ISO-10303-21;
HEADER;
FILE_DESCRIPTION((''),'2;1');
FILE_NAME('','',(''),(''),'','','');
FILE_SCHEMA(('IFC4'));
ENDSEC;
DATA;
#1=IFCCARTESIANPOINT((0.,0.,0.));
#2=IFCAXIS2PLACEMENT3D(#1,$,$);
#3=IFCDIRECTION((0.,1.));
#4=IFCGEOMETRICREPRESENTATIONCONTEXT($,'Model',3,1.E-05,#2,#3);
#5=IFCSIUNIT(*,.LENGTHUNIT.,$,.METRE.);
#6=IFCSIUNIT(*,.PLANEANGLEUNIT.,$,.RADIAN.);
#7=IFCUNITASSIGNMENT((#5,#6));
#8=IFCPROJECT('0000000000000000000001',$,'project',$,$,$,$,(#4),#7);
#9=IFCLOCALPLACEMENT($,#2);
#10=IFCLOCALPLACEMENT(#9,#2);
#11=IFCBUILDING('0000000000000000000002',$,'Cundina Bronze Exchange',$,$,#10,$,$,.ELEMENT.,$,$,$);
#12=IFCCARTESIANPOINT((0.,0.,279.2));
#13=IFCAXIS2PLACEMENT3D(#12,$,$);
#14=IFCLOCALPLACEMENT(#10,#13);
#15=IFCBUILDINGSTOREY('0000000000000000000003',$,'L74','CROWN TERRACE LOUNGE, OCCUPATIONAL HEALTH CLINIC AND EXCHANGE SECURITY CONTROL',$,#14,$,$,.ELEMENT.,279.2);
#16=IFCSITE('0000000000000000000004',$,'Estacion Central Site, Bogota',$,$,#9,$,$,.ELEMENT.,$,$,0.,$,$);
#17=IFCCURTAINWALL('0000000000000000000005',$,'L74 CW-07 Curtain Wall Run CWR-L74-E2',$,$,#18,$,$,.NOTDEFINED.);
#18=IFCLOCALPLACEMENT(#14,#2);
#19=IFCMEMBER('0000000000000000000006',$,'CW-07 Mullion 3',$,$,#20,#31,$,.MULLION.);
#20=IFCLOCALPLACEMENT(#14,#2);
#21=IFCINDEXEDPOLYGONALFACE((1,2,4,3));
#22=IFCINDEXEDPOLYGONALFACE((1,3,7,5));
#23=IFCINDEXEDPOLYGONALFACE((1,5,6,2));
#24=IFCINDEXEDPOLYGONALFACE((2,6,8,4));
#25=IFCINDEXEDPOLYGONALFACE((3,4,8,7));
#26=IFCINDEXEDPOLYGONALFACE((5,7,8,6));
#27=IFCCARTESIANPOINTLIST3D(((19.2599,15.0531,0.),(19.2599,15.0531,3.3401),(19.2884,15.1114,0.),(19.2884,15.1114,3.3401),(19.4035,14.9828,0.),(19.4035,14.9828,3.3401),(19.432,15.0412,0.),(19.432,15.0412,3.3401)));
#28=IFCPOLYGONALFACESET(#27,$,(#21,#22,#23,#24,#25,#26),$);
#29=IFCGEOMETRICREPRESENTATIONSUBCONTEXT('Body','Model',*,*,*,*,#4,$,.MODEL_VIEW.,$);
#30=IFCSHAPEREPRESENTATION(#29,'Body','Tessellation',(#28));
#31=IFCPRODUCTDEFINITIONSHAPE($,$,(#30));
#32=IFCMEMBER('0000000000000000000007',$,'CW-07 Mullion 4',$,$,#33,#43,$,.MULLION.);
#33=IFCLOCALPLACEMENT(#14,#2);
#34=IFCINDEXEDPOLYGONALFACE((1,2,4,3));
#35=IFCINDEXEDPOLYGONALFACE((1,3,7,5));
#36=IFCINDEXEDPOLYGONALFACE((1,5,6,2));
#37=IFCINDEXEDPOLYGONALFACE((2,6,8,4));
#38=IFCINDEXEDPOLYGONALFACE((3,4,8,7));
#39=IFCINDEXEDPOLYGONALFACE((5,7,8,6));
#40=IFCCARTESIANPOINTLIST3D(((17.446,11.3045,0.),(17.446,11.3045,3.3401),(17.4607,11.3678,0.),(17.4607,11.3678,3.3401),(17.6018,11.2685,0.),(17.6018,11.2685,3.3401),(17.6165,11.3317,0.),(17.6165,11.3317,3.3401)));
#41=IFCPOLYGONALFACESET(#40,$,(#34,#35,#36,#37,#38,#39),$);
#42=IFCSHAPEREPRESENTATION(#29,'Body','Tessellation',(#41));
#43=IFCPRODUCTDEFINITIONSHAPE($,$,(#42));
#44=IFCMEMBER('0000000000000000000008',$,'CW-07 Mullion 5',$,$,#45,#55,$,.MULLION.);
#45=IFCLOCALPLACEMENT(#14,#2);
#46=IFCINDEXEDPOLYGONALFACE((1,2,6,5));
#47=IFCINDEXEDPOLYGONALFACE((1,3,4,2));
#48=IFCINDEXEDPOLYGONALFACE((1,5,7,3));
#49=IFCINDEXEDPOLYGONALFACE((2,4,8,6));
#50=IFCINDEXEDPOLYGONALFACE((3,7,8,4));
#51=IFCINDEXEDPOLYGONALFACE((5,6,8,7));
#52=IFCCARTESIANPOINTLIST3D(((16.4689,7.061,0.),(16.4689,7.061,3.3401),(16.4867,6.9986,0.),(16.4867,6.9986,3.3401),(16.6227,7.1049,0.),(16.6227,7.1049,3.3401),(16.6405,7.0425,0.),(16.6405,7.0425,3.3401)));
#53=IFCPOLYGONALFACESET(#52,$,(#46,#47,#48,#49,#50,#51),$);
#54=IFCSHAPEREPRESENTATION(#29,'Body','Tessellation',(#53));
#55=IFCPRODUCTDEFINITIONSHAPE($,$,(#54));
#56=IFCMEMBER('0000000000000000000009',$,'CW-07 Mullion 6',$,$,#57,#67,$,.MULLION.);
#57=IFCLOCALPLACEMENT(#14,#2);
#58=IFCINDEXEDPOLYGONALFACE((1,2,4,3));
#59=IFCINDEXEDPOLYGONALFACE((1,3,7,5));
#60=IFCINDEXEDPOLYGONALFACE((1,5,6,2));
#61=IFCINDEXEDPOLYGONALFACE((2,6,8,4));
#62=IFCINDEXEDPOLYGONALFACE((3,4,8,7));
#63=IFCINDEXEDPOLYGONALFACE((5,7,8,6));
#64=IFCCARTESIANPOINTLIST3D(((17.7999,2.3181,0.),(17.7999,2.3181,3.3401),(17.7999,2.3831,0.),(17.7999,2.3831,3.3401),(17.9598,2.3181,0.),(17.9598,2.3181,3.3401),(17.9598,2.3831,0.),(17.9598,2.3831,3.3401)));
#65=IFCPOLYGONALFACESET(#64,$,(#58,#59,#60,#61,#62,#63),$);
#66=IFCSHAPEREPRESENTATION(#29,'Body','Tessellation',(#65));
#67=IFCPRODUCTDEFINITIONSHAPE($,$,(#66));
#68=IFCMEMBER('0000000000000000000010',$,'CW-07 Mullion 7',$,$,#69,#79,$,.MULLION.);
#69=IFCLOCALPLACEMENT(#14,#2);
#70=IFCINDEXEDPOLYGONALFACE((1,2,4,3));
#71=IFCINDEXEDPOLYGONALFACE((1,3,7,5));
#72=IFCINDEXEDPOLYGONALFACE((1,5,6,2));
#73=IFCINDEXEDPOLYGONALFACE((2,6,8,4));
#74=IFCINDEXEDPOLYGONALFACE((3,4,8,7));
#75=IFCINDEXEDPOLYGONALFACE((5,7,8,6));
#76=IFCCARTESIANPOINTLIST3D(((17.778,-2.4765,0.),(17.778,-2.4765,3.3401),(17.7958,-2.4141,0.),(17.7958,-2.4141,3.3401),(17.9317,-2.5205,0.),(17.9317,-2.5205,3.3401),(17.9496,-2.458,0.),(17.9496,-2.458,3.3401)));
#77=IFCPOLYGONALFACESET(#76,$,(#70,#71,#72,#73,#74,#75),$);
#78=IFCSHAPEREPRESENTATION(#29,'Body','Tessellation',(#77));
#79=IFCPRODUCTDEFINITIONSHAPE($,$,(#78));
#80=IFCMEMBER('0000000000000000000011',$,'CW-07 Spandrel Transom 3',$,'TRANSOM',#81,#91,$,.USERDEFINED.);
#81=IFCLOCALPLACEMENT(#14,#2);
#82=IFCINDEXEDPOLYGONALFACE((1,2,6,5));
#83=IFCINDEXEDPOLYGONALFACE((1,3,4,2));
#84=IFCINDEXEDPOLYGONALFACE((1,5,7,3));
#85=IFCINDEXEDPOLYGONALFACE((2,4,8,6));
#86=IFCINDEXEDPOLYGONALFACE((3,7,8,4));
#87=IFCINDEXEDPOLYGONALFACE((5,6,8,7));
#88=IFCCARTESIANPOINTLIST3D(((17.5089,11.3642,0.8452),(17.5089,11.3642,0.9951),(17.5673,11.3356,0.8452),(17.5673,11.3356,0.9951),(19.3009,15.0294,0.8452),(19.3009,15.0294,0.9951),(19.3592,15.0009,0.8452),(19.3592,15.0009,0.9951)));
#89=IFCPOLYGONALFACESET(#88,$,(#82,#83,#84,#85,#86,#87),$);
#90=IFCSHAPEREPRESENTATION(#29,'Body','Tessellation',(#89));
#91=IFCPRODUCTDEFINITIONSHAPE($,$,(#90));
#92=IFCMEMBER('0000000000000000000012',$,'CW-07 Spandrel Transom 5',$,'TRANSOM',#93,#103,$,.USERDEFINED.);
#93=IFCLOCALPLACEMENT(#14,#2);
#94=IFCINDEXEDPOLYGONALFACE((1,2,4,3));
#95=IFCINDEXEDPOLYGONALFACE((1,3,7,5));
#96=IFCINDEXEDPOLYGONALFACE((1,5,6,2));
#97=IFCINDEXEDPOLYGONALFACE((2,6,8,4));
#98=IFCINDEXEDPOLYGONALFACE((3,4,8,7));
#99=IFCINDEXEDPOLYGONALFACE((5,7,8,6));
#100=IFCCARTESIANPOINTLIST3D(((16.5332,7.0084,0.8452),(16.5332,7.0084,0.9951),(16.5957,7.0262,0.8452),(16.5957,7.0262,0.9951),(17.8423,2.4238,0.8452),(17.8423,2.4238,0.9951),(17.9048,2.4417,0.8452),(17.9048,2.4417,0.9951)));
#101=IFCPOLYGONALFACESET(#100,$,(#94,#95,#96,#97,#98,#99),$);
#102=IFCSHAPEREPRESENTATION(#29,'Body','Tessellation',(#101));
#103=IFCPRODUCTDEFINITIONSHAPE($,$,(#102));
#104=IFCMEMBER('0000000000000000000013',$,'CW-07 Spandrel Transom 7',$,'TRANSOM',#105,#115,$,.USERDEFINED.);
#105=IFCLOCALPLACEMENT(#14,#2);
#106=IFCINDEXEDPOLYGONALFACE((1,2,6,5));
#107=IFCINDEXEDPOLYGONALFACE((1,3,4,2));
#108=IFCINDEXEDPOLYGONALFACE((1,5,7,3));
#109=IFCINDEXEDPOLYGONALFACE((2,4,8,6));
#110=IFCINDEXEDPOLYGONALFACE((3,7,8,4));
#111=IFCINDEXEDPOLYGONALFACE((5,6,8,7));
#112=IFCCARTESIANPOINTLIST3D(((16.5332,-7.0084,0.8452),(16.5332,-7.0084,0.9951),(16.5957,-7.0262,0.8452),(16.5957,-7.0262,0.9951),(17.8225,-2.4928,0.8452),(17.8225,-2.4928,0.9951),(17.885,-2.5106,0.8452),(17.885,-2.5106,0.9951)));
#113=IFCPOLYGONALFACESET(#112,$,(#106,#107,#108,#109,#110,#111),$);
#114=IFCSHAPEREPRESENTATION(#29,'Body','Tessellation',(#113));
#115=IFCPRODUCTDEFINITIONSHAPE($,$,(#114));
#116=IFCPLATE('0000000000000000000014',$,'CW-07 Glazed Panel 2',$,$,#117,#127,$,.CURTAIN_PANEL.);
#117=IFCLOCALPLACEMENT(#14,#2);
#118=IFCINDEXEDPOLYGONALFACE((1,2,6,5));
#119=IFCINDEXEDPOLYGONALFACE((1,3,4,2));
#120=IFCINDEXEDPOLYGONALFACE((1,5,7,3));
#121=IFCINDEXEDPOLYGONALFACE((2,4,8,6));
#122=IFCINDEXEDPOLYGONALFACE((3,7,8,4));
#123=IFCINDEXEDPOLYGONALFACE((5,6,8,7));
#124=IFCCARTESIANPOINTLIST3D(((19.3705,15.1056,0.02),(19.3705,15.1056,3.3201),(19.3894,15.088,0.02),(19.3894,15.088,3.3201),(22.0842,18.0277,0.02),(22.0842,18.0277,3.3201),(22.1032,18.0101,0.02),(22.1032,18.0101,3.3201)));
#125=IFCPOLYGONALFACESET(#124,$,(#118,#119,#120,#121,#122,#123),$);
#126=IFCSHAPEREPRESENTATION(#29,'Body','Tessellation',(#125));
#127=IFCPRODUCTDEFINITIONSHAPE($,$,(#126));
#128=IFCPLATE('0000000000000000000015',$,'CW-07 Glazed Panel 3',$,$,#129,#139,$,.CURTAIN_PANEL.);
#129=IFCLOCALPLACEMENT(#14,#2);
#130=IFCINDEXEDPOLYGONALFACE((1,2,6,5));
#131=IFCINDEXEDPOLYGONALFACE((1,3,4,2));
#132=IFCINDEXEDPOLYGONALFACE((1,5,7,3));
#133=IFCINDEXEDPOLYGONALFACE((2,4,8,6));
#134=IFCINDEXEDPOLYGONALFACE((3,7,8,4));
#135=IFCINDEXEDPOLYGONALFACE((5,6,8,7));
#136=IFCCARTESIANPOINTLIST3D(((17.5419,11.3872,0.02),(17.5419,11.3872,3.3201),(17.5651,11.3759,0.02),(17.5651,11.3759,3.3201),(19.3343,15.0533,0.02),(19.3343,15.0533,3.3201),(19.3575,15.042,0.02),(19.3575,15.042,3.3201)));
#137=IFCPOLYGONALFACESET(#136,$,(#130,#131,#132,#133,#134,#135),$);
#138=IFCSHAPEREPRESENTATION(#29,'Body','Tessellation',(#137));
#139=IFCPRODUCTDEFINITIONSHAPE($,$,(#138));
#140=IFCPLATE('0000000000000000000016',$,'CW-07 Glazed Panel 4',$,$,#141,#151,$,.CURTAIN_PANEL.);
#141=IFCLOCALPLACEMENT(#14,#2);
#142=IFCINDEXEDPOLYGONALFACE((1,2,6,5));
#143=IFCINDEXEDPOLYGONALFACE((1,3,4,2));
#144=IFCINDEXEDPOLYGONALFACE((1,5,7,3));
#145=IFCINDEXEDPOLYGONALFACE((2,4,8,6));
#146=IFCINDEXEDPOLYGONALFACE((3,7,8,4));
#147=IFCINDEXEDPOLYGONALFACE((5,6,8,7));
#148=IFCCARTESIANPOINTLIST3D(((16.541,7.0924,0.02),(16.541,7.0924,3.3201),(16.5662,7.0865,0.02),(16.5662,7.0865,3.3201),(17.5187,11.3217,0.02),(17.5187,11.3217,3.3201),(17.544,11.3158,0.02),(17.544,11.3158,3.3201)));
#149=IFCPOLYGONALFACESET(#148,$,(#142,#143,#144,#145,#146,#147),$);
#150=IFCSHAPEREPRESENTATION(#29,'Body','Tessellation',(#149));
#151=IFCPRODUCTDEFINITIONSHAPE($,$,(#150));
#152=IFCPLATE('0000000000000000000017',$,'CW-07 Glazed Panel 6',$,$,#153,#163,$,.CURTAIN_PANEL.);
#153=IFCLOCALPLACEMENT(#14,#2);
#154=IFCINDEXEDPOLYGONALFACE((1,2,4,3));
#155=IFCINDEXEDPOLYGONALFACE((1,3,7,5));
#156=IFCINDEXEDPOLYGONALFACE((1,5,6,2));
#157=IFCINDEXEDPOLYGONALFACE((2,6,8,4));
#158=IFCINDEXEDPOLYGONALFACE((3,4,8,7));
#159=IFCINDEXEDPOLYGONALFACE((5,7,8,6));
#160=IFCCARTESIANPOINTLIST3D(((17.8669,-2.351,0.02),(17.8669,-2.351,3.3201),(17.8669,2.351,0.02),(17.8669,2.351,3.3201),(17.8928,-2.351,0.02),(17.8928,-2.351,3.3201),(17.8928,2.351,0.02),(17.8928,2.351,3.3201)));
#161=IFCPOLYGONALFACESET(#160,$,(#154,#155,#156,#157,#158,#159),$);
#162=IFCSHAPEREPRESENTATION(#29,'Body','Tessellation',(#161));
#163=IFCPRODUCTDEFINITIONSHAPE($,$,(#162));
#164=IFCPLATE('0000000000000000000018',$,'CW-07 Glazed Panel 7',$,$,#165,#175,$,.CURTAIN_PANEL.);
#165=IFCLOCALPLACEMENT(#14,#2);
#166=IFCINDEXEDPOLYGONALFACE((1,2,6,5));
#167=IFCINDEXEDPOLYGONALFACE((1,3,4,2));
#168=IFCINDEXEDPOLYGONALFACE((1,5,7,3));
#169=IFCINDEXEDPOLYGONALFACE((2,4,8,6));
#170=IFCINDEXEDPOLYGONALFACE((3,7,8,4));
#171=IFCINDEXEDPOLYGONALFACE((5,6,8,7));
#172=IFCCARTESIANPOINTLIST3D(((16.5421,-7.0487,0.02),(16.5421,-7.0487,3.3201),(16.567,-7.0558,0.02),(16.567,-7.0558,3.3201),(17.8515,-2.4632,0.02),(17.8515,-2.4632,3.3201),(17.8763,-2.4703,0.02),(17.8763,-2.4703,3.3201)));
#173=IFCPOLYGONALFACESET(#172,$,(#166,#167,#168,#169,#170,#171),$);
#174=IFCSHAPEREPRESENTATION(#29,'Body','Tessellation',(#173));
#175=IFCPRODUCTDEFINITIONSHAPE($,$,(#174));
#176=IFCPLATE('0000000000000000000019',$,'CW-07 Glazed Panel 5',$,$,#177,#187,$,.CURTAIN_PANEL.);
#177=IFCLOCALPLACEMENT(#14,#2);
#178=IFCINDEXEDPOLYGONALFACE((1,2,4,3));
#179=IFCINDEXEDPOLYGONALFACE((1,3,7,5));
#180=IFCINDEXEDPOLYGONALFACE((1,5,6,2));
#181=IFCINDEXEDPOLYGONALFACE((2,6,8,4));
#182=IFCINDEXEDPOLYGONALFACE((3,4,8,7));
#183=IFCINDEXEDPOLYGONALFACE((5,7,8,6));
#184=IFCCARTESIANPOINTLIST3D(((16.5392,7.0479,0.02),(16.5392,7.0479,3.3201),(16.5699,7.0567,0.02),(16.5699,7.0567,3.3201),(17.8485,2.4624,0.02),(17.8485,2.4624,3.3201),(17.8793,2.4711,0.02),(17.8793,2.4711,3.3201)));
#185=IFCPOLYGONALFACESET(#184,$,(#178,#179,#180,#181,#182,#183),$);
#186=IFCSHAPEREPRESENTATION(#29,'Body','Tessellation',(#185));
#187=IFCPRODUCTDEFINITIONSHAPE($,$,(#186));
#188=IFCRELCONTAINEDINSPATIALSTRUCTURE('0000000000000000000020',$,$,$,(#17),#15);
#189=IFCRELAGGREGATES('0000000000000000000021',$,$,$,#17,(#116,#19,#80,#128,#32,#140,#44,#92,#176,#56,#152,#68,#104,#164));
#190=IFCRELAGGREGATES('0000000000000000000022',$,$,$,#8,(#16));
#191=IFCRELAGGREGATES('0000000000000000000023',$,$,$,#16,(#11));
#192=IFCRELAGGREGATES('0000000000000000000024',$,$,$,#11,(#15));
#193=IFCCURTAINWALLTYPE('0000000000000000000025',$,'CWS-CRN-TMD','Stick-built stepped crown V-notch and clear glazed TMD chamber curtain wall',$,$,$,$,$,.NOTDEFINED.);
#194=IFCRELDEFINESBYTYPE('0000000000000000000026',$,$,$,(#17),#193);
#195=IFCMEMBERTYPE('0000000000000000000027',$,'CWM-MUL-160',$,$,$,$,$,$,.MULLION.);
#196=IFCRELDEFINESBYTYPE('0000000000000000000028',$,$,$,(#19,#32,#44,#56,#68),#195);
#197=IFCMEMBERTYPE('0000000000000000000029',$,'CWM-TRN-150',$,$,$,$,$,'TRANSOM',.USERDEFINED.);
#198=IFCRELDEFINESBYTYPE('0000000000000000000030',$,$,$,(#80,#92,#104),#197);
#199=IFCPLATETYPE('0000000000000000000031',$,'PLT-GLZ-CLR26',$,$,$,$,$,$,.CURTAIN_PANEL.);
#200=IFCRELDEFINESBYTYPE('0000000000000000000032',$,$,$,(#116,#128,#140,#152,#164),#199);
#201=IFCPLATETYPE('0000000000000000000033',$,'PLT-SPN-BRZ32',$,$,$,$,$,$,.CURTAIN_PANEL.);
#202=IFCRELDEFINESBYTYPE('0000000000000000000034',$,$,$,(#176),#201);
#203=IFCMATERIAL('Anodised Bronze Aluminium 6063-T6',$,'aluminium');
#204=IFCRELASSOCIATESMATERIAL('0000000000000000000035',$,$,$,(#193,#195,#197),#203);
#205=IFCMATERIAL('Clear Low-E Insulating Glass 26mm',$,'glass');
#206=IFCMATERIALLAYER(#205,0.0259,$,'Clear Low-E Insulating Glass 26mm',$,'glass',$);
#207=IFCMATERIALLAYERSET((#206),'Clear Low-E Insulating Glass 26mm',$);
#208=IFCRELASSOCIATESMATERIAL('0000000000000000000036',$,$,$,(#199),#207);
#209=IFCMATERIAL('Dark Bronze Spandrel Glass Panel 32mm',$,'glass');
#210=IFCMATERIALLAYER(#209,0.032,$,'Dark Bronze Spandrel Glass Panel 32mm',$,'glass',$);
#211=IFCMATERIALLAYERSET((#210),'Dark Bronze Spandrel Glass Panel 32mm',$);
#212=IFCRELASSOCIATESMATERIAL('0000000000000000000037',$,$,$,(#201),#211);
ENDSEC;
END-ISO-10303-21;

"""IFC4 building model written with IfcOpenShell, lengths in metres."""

from ifc_helpers import new_model, si_unit, direction, frame, origin, origin_2d, place, context, subcontext, project, spatial, rectangle, extrude, material, layer, layer_set, material_profile, profile_set, type_object, element, aggregate, save


model = new_model("IFC4")

# Units and contexts
model_context = context("Model", 3, precision=1e-05, world=origin(), true_north=direction((0.0, 1.0)))
body_context = subcontext(model_context, "Body", "Model", "MODEL_VIEW")
ifc_project = project(units=[si_unit("LENGTHUNIT", "METRE"), si_unit("PLANEANGLEUNIT", "RADIAN")], contexts=[model_context])

# Site, building, storey
site_placement = place(None, origin())
site = spatial("IfcSite", under=ifc_project, at=site_placement, Name="Estacion Central Site, Bogota", CompositionType="ELEMENT", RefElevation=0.0)
building_placement = place(site_placement, origin())
building = spatial("IfcBuilding", under=site, at=building_placement, Name="Cundina Bronze Exchange", CompositionType="ELEMENT")
storey_placement = place(building_placement, frame((0.0, 0.0, 279.2)))
storey = spatial("IfcBuildingStorey", under=building, at=storey_placement, Name="L74", Description="CROWN TERRACE LOUNGE, OCCUPATIONAL HEALTH CLINIC AND EXCHANGE SECURITY CONTROL", CompositionType="ELEMENT", Elevation=279.2)

# Curtain wall, members, plates
ifc_material_1 = material(Name="Anodised Bronze Aluminium 6063-T6", Category="aluminium")
curtain_wall_type = type_object("IfcCurtainWallType", Name="CWS-CRN-TMD", Description="Stick-built stepped crown V-notch and clear glazed TMD chamber curtain wall", PredefinedType="NOTDEFINED", material=ifc_material_1)
curtain_wall_placement = place(storey_placement, origin())
curtain_wall = element("IfcCurtainWall", 1, at=curtain_wall_placement, inside=storey, type_object=curtain_wall_type, Name="L74 CW-07 Curtain Wall Run CWR-L74-E2", PredefinedType="NOTDEFINED")
ifc_material_profile_1 = material_profile(ifc_material_1, rectangle(XDim=0.0649, YDim=0.1599, at=origin_2d()), Name="AL65X160", Category="aluminium")
ifc_profile_set_1 = profile_set([ifc_material_profile_1], Name="Anodised Bronze Aluminium 6063-T6")
member_type_1 = type_object("IfcMemberType", Name="CWM-MUL-160", PredefinedType="MULLION", material=ifc_profile_set_1)
member_1_placement = place(storey_placement, frame((19.3459, 15.0471, 0.0), z_axis=(0.0, 0.0, 1.0), x_axis=(-0.439312, -0.898334, 0.0)))
member_1 = element("IfcMember", 2, at=member_1_placement, type_object=member_type_1, Name="CW-07 Mullion 3", PredefinedType="MULLION", context=body_context, shape_type="SweptSolid", body=[
    extrude(rectangle(XDim=0.0649, YDim=0.1599, at=origin_2d()), origin(), (0.0, 0.0, 1.0), 3.3401),
])
member_2_placement = place(storey_placement, frame((17.5312, 11.3181, 0.0), z_axis=(0.0, 0.0, 1.0), x_axis=(-0.225291, -0.974291, 0.0)))
member_2 = element("IfcMember", 3, at=member_2_placement, type_object=member_type_1, Name="CW-07 Mullion 4", PredefinedType="MULLION", context=body_context, shape_type="SweptSolid", body=[
    extrude(rectangle(XDim=0.0649, YDim=0.1599, at=origin_2d()), origin(), (0.0, 0.0, 1.0), 3.3401),
])
member_3_placement = place(storey_placement, frame((16.5547, 7.0518, 0.0), z_axis=(0.0, 0.0, 1.0), x_axis=(0.274631, -0.96155, 0.0)))
member_3 = element("IfcMember", 4, at=member_3_placement, type_object=member_type_1, Name="CW-07 Mullion 5", PredefinedType="MULLION", context=body_context, shape_type="SweptSolid", body=[
    extrude(rectangle(XDim=0.0649, YDim=0.1599, at=origin_2d()), origin(), (0.0, 0.0, 1.0), 3.3401),
])
member_4_placement = place(storey_placement, frame((17.8799, 2.3506, 0.0), z_axis=(0.0, 0.0, 1.0), x_axis=(0.0, -1.0, 0.0)))
member_4 = element("IfcMember", 5, at=member_4_placement, type_object=member_type_1, Name="CW-07 Mullion 6", PredefinedType="MULLION", context=body_context, shape_type="SweptSolid", body=[
    extrude(rectangle(XDim=0.0649, YDim=0.1599, at=origin_2d()), origin(), (0.0, 0.0, 1.0), 3.3401),
])
member_5_placement = place(storey_placement, frame((17.8638, -2.4673, 0.0), z_axis=(0.0, 0.0, 1.0), x_axis=(-0.274631, -0.96155, 0.0)))
member_5 = element("IfcMember", 6, at=member_5_placement, type_object=member_type_1, Name="CW-07 Mullion 7", PredefinedType="MULLION", context=body_context, shape_type="SweptSolid", body=[
    extrude(rectangle(XDim=0.0649, YDim=0.1599, at=origin_2d()), origin(), (0.0, 0.0, 1.0), 3.3401),
])
ifc_material_profile_2 = material_profile(ifc_material_1, rectangle(XDim=0.0649, YDim=0.1499, at=origin_2d()), Name="AL65X150", Category="aluminium")
ifc_profile_set_2 = profile_set([ifc_material_profile_2], Name="Anodised Bronze Aluminium 6063-T6")
member_type_2 = type_object("IfcMemberType", Name="CWM-TRN-150", ElementType="TRANSOM", PredefinedType="USERDEFINED", material=ifc_profile_set_2)
member_6_placement = place(storey_placement, frame((19.3301, 15.0151, 0.9202), z_axis=(-0.439225, -0.898377, 0.0), x_axis=(0.898377, -0.439225, 0.0)))
member_6 = element("IfcMember", 7, at=member_6_placement, type_object=member_type_2, Name="CW-07 Spandrel Transom 3", ObjectType="TRANSOM", PredefinedType="USERDEFINED", context=body_context, shape_type="SweptSolid", body=[
    extrude(rectangle(XDim=0.0649, YDim=0.1499, at=origin_2d()), origin(), (0.0, 0.0, 1.0), 4.0798),
])
member_7_placement = place(storey_placement, frame((16.5645, 7.0173, 0.9202), z_axis=(0.274572, -0.961566, 0.0), x_axis=(0.961566, 0.274572, 0.0)))
member_7 = element("IfcMember", 8, at=member_7_placement, type_object=member_type_2, Name="CW-07 Spandrel Transom 5", ObjectType="TRANSOM", PredefinedType="USERDEFINED", context=body_context, shape_type="SweptSolid", body=[
    extrude(rectangle(XDim=0.0649, YDim=0.1499, at=origin_2d()), origin(), (0.0, 0.0, 1.0), 4.7678),
])
member_8_placement = place(storey_placement, frame((17.8538, -2.5017, 0.9202), z_axis=(-0.274549, -0.961573, 0.0), x_axis=(0.961573, -0.274549, 0.0)))
member_8 = element("IfcMember", 9, at=member_8_placement, type_object=member_type_2, Name="CW-07 Spandrel Transom 7", ObjectType="TRANSOM", PredefinedType="USERDEFINED", context=body_context, shape_type="SweptSolid", body=[
    extrude(rectangle(XDim=0.0649, YDim=0.1499, at=origin_2d()), origin(), (0.0, 0.0, 1.0), 4.696),
])
ifc_material_2 = material(Name="Clear Low-E Insulating Glass 26mm", Category="glass")
ifc_layer_1 = layer(ifc_material_2, 0.0259, Name="Clear Low-E Insulating Glass 26mm", Category="glass")
ifc_layer_set_1 = layer_set([ifc_layer_1], Name="Clear Low-E Insulating Glass 26mm")
plate_type_1 = type_object("IfcPlateType", Name="PLT-GLZ-CLR26", PredefinedType="CURTAIN_PANEL", material=ifc_layer_set_1)
plate_1_placement = place(storey_placement, frame((20.7368, 16.5579, 0.02), z_axis=(0.0, 0.0, 1.0), x_axis=(-0.680503, -0.732745, 0.0)))
plate_1 = element("IfcPlate", 10, at=plate_1_placement, type_object=plate_type_1, Name="CW-07 Glazed Panel 2", PredefinedType="CURTAIN_PANEL", context=body_context, shape_type="SweptSolid", body=[
    extrude(rectangle(XDim=3.9878, YDim=0.0259, at=origin_2d()), origin(), (0.0, 0.0, 1.0), 3.3),
])
plate_2_placement = place(storey_placement, frame((18.4497, 13.2146, 0.02), z_axis=(0.0, 0.0, 1.0), x_axis=(-0.439234, -0.898373, 0.0)))
plate_2 = element("IfcPlate", 11, at=plate_2_placement, type_object=plate_type_1, Name="CW-07 Glazed Panel 3", PredefinedType="CURTAIN_PANEL", context=body_context, shape_type="SweptSolid", body=[
    extrude(rectangle(XDim=4.0808, YDim=0.0259, at=origin_2d()), origin(), (0.0, 0.0, 1.0), 3.3),
])
plate_3_placement = place(storey_placement, frame((17.0425, 9.2041, 0.02), z_axis=(0.0, 0.0, 1.0), x_axis=(-0.22524, -0.974303, 0.0)))
plate_3 = element("IfcPlate", 12, at=plate_3_placement, type_object=plate_type_1, Name="CW-07 Glazed Panel 4", PredefinedType="CURTAIN_PANEL", context=body_context, shape_type="SweptSolid", body=[
    extrude(rectangle(XDim=4.3408, YDim=0.0259, at=origin_2d()), origin(), (0.0, 0.0, 1.0), 3.3),
])
plate_4_placement = place(storey_placement, frame((17.8799, 0.0, 0.02), z_axis=(0.0, 0.0, 1.0), x_axis=(0.0, -1.0, 0.0)))
plate_4 = element("IfcPlate", 13, at=plate_4_placement, type_object=plate_type_1, Name="CW-07 Glazed Panel 6", PredefinedType="CURTAIN_PANEL", context=body_context, shape_type="SweptSolid", body=[
    extrude(rectangle(XDim=4.7019, YDim=0.0259, at=origin_2d()), origin(), (0.0, 0.0, 1.0), 3.3),
])
plate_5_placement = place(storey_placement, frame((17.2092, -4.7595, 0.02), z_axis=(0.0, 0.0, 1.0), x_axis=(-0.274563, -0.961569, 0.0)))
plate_5 = element("IfcPlate", 14, at=plate_5_placement, type_object=plate_type_1, Name="CW-07 Glazed Panel 7", PredefinedType="CURTAIN_PANEL", context=body_context, shape_type="SweptSolid", body=[
    extrude(rectangle(XDim=4.7688, YDim=0.0259, at=origin_2d()), origin(), (0.0, 0.0, 1.0), 3.3),
])
ifc_material_3 = material(Name="Dark Bronze Spandrel Glass Panel 32mm", Category="glass")
ifc_layer_2 = layer(ifc_material_3, 0.032, Name="Dark Bronze Spandrel Glass Panel 32mm", Category="glass")
ifc_layer_set_2 = layer_set([ifc_layer_2], Name="Dark Bronze Spandrel Glass Panel 32mm")
plate_type_2 = type_object("IfcPlateType", Name="PLT-SPN-BRZ32", PredefinedType="CURTAIN_PANEL", material=ifc_layer_set_2)
plate_6_placement = place(storey_placement, frame((17.2092, 4.7595, 0.02), z_axis=(0.0, 0.0, 1.0), x_axis=(0.274563, -0.961569, 0.0)))
plate_6 = element("IfcPlate", 15, at=plate_6_placement, type_object=plate_type_2, Name="CW-07 Glazed Panel 5", PredefinedType="CURTAIN_PANEL", context=body_context, shape_type="SweptSolid", body=[
    extrude(rectangle(XDim=4.7688, YDim=0.032, at=origin_2d()), origin(), (0.0, 0.0, 1.0), 3.3),
])
aggregate(curtain_wall, [plate_1, member_1, member_6, plate_2, member_2, plate_3, member_3, member_7, plate_6, member_4, plate_4, member_5, member_8, plate_5])

save(model, "model.ifc")
